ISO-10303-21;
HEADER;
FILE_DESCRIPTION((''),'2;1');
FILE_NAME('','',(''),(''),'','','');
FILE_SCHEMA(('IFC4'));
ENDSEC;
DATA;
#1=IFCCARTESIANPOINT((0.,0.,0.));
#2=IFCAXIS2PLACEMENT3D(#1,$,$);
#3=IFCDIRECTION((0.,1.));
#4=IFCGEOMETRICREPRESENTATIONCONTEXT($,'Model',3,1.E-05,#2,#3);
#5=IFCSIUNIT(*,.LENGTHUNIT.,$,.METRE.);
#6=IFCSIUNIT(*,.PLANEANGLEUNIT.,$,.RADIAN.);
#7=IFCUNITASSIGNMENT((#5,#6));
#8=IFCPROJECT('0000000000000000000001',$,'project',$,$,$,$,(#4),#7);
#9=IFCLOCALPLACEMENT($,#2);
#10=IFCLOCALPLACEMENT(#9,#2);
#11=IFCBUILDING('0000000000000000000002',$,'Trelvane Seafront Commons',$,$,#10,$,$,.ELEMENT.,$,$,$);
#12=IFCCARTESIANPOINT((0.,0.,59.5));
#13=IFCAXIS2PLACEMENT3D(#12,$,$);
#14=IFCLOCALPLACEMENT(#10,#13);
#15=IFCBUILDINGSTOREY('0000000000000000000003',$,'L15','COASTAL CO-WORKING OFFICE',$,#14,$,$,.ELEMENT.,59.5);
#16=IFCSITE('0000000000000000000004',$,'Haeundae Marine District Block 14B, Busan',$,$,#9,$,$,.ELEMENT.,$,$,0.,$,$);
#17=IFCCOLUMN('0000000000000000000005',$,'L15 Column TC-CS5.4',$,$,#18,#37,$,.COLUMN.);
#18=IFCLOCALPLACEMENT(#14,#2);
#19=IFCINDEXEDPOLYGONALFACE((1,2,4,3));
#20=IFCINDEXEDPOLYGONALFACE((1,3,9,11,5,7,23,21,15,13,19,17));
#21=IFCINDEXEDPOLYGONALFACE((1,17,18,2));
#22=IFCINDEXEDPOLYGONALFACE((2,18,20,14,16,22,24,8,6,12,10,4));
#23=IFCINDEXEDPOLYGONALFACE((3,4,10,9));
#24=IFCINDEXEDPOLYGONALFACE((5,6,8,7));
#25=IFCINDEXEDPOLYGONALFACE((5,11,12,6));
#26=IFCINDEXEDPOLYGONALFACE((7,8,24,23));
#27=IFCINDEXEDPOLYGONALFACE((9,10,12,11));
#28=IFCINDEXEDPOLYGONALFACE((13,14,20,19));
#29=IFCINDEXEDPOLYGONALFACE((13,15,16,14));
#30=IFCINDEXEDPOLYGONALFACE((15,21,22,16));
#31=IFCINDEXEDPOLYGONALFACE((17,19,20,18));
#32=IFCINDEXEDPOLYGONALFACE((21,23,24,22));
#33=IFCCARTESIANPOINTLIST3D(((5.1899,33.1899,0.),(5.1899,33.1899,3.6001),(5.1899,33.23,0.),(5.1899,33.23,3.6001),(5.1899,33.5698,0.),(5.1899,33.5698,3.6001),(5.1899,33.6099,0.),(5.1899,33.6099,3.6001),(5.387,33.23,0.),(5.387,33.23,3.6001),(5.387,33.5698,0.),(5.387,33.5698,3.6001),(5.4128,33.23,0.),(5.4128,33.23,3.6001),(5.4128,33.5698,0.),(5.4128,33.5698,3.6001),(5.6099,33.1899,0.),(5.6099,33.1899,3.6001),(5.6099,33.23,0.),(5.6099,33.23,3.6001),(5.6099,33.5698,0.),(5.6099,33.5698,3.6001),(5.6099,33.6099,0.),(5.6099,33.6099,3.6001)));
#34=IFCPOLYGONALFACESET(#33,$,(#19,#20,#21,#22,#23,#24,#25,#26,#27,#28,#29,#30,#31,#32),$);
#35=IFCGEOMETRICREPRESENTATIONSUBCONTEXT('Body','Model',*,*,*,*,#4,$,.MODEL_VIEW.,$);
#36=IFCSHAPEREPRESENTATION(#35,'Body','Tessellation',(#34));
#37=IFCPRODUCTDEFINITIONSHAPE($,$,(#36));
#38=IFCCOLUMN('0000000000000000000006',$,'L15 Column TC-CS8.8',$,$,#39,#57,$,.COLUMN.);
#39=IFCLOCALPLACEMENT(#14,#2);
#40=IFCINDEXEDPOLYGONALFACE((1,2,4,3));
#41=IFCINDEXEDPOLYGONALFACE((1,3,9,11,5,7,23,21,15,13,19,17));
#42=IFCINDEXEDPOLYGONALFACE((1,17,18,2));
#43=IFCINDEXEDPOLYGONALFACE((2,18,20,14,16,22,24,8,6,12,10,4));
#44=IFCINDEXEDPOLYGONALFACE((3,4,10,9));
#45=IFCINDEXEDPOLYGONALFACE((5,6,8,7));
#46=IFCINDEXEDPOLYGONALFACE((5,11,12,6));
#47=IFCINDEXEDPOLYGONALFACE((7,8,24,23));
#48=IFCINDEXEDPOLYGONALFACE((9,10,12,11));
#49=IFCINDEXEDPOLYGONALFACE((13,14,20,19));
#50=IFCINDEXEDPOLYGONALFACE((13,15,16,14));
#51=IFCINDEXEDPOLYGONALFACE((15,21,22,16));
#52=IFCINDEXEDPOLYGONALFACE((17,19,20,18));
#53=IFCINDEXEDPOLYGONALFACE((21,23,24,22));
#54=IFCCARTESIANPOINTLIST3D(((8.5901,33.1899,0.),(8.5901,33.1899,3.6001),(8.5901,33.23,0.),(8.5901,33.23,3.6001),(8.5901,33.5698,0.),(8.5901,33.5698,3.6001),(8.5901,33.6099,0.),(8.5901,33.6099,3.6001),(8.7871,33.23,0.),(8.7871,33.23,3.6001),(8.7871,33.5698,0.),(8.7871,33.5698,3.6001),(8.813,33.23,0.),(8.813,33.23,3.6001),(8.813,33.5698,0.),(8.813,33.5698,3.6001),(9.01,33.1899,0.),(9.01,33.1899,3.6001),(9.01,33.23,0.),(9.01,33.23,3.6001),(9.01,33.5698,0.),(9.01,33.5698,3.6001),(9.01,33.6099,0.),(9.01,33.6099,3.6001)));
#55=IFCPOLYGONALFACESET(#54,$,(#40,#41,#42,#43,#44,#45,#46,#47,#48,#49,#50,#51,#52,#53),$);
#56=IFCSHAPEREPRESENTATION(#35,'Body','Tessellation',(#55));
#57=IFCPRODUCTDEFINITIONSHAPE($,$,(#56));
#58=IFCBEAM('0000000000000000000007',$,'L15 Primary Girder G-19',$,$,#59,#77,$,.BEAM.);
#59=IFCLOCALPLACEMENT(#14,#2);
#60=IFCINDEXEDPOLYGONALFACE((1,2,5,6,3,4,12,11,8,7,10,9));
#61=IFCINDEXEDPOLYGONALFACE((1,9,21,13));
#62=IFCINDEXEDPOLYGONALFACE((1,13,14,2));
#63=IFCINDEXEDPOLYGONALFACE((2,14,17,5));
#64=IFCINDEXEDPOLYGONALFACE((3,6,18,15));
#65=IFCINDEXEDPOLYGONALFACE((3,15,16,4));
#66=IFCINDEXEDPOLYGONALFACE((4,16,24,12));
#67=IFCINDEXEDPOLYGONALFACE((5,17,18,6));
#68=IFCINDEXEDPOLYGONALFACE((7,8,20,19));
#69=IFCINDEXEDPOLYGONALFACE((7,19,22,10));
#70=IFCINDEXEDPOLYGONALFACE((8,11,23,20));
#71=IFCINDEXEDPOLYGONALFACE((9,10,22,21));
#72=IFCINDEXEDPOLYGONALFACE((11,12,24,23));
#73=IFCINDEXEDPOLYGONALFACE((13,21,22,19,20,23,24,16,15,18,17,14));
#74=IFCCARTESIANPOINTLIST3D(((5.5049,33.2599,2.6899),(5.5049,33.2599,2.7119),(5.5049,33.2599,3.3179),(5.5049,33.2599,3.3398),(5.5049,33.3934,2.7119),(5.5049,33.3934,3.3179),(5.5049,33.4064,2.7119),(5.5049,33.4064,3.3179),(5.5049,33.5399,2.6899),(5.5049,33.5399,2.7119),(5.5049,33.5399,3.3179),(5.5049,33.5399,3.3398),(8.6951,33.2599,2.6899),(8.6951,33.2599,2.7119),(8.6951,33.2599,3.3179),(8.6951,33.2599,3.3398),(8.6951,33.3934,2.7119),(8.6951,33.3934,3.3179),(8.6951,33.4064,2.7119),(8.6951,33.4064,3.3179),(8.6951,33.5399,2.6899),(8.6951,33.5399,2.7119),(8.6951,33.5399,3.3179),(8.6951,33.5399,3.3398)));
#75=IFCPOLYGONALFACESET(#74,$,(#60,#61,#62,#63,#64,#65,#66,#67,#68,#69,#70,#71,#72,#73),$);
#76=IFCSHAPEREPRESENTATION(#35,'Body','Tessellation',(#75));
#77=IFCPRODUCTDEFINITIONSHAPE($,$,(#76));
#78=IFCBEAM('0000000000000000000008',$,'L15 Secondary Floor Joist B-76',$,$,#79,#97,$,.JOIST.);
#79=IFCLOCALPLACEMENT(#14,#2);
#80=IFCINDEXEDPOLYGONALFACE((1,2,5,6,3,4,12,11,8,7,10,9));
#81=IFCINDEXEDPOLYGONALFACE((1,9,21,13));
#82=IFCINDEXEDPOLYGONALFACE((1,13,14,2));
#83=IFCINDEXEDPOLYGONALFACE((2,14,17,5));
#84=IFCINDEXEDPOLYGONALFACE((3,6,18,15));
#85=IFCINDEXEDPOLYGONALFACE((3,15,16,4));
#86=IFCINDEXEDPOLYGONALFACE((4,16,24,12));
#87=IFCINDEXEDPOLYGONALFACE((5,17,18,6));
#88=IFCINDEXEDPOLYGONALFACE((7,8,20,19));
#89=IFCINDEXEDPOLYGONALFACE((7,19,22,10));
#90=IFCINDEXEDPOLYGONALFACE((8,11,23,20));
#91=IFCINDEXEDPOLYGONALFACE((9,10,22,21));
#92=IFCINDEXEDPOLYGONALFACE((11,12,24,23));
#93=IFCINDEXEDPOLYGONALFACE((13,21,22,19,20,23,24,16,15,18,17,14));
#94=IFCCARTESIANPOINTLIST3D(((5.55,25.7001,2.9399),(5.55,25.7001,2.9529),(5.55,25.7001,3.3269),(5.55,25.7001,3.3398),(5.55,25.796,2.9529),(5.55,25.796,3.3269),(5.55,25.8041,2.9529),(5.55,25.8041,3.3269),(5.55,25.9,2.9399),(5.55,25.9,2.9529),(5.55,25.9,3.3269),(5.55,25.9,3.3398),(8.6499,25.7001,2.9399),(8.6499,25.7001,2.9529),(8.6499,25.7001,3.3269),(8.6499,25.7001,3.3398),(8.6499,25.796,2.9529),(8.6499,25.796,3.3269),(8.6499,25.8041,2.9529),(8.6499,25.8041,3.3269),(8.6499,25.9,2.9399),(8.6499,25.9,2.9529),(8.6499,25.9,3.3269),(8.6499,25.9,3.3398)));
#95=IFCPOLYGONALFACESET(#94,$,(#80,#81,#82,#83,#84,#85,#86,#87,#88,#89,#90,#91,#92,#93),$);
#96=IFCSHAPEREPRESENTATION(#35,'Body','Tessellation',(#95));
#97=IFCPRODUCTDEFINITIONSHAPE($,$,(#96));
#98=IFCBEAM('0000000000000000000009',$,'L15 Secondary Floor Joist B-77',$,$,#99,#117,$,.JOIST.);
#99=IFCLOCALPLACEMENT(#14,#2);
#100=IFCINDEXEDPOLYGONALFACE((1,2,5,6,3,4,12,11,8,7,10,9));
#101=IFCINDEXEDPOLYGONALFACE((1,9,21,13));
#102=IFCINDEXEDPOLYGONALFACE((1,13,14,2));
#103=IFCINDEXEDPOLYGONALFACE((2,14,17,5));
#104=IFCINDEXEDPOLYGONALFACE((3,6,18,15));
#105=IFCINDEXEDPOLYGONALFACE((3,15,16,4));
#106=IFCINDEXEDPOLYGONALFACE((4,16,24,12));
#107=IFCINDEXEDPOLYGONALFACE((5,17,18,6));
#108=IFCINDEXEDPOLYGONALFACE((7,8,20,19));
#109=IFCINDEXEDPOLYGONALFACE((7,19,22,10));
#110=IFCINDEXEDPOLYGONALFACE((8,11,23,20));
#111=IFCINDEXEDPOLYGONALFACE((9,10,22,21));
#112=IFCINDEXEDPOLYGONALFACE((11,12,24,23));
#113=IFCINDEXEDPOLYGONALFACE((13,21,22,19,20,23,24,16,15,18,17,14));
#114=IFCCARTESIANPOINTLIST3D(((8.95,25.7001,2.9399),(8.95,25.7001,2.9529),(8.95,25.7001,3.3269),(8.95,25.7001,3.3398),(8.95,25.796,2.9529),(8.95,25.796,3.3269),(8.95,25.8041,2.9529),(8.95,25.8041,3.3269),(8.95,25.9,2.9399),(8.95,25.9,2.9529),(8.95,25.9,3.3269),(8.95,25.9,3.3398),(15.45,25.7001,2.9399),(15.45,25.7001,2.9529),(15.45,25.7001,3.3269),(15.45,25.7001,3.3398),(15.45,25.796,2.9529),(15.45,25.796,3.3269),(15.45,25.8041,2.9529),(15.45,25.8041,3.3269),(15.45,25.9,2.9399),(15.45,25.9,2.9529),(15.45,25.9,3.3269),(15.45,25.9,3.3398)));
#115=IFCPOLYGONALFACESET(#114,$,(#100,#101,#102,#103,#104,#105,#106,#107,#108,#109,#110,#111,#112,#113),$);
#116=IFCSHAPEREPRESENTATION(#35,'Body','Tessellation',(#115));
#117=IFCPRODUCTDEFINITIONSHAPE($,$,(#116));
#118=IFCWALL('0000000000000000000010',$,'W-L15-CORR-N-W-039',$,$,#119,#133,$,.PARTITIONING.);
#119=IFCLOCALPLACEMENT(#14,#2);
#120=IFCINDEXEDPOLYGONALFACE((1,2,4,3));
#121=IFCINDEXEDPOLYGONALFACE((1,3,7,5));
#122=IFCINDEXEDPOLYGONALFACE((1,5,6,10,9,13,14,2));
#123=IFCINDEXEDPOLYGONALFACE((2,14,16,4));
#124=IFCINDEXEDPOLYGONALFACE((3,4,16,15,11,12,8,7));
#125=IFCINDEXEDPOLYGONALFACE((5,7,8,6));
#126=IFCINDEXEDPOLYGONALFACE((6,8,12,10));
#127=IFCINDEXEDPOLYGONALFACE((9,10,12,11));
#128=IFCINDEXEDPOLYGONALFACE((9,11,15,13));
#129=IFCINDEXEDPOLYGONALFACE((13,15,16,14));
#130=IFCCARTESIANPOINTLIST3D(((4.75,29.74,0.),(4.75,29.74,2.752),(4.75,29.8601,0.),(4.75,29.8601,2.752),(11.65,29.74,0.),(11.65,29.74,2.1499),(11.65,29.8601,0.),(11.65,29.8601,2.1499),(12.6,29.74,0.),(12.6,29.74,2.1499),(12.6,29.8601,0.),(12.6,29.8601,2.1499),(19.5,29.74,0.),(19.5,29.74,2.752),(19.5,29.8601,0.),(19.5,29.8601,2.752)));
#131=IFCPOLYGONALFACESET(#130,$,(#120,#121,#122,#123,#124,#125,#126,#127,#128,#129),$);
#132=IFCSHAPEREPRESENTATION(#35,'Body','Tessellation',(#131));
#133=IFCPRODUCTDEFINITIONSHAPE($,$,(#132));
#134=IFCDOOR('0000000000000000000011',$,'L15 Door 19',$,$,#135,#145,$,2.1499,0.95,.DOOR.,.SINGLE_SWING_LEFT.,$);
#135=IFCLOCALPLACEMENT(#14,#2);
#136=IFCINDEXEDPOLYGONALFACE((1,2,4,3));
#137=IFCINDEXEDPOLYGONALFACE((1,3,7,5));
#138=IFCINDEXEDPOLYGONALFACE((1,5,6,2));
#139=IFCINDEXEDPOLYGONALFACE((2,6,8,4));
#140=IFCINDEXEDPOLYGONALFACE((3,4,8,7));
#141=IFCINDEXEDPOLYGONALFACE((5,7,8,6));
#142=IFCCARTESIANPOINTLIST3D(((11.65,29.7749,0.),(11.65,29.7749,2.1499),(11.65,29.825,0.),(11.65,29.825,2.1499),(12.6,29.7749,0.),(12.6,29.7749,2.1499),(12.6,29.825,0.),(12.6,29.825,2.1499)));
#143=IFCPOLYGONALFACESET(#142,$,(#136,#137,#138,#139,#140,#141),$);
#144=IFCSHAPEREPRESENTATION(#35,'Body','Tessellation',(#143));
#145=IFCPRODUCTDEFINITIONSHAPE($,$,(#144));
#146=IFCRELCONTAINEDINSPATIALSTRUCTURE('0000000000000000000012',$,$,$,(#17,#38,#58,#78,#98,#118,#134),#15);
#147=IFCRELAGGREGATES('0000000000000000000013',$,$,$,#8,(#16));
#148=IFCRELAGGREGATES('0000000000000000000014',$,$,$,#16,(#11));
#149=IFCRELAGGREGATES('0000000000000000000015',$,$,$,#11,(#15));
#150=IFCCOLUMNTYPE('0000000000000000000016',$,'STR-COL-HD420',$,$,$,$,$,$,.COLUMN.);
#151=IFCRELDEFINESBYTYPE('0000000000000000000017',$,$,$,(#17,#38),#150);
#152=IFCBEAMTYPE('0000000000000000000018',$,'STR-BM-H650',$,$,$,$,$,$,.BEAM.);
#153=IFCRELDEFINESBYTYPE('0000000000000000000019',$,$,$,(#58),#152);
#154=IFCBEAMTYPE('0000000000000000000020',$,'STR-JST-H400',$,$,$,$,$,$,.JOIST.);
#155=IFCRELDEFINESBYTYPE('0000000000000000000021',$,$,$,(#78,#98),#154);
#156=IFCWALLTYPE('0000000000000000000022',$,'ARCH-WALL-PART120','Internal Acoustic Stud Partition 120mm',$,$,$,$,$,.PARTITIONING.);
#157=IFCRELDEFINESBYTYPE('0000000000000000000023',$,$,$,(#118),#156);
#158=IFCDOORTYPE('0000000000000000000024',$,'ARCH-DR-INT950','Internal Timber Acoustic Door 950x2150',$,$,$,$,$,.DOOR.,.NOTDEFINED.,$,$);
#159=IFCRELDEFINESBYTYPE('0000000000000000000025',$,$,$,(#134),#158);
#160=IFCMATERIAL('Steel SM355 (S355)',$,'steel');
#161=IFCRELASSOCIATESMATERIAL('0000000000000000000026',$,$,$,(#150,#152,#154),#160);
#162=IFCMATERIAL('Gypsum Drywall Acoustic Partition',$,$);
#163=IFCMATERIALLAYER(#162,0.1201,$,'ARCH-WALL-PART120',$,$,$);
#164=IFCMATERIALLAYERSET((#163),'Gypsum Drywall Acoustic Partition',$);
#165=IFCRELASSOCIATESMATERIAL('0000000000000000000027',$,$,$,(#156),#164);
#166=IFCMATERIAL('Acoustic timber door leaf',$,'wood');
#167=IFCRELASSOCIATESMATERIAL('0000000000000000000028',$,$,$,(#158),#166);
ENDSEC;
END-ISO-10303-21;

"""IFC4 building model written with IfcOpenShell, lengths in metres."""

from ifc_helpers import new_model, si_unit, direction, frame, frame_2d, origin, origin_2d, place, context, subcontext, project, spatial, rectangle, i_section, extrude, source, transform, mapped, material, layer, layer_set, material_profile, profile_set, type_object, element, fill, save


model = new_model("IFC4")

# Units and contexts
model_context = context("Model", 3, precision=1e-05, world=origin(), true_north=direction((0.0, 1.0)))
body_context = subcontext(model_context, "Body", "Model", "MODEL_VIEW")
ifc_project = project(units=[si_unit("LENGTHUNIT", "METRE"), si_unit("PLANEANGLEUNIT", "RADIAN")], contexts=[model_context])

# Site, building, storey
site_placement = place(None, origin())
site = spatial("IfcSite", under=ifc_project, at=site_placement, Name="Haeundae Marine District Block 14B, Busan", CompositionType="ELEMENT", RefElevation=0.0)
building_placement = place(site_placement, origin())
building = spatial("IfcBuilding", under=site, at=building_placement, Name="Trelvane Seafront Commons", CompositionType="ELEMENT")
storey_placement = place(building_placement, frame((0.0, 0.0, 59.5)))
storey = spatial("IfcBuildingStorey", under=building, at=storey_placement, Name="L15", Description="COASTAL CO-WORKING OFFICE", CompositionType="ELEMENT", Elevation=59.5)

# Columns
ifc_material_1 = material(Name="Steel SM355 (S355)", Category="steel")
ifc_material_profile_1 = material_profile(ifc_material_1, i_section(OverallWidth=0.4199, OverallDepth=0.4199, WebThickness=0.0259, FlangeThickness=0.04, at=origin_2d()), Name="HD-420x420x26x40")
ifc_profile_set_1 = profile_set([ifc_material_profile_1], Name="Steel SM355 (S355)")
column_type = type_object("IfcColumnType", Name="STR-COL-HD420", PredefinedType="COLUMN", material=ifc_profile_set_1)
shared_shape_1 = source(origin(), body_context, "Body", "SweptSolid", [
    extrude(i_section(OverallWidth=0.4199, OverallDepth=0.4199, WebThickness=0.0259, FlangeThickness=0.04, at=origin_2d()), origin(), (0.0, 0.0, 1.0), 3.6001),
])
for number, where, z_axis, x_axis, name in (
    (1, (5.3999, 33.3999, 0.0), (0.0, 0.0, 1.0), (1.0, 0.0, 0.0), "L15 Column TC-CS5.4"),
    (2, (8.8, 33.3999, 0.0), (0.0, 0.0, 1.0), (1.0, 0.0, 0.0), "L15 Column TC-CS8.8"),
):
    element("IfcColumn", number, at=place(storey_placement, frame(where, z_axis=z_axis, x_axis=x_axis)), inside=storey, type_object=column_type, Name=name, PredefinedType="COLUMN", context=body_context, shape_type="MappedRepresentation", body=[
        mapped(shared_shape_1, transform((0.0, 0.0, 0.0), x_axis=(1.0, 0.0, 0.0), y_axis=(0.0, 1.0, 0.0), z_axis=(0.0, 0.0, 1.0), scale=1.0)),
    ])

# Beams
ifc_material_profile_2 = material_profile(ifc_material_1, i_section(OverallWidth=0.28, OverallDepth=0.6499, WebThickness=0.0129, FlangeThickness=0.022, at=origin_2d()), Name="H-650x280x13x22")
ifc_profile_set_2 = profile_set([ifc_material_profile_2], Name="Steel SM355 (S355)")
beam_type_1 = type_object("IfcBeamType", Name="STR-BM-H650", PredefinedType="BEAM", material=ifc_profile_set_2)
shared_shape_2 = source(origin(), body_context, "Body", "SweptSolid", [
    extrude(i_section(OverallWidth=0.28, OverallDepth=0.6499, WebThickness=0.0129, FlangeThickness=0.022, at=origin_2d()), origin(), (0.0, 0.0, 1.0), 3.1902),
])
beam_1_placement = place(storey_placement, frame((5.5049, 33.3999, 3.0149), z_axis=(1.0, 0.0, 0.0), x_axis=(0.0, 1.0, 0.0)))
element("IfcBeam", 3, at=beam_1_placement, inside=storey, type_object=beam_type_1, Name="L15 Primary Girder G-19", PredefinedType="BEAM", context=body_context, shape_type="MappedRepresentation", body=[
    mapped(shared_shape_2, transform((0.0, 0.0, 0.0), x_axis=(1.0, 0.0, 0.0), y_axis=(0.0, 1.0, 0.0), z_axis=(0.0, 0.0, 1.0), scale=1.0)),
])
ifc_material_profile_3 = material_profile(ifc_material_1, i_section(OverallWidth=0.2, OverallDepth=0.3999, WebThickness=0.0081, FlangeThickness=0.0129, at=origin_2d()), Name="H-400x200x8x13")
ifc_profile_set_3 = profile_set([ifc_material_profile_3], Name="Steel SM355 (S355)")
beam_type_2 = type_object("IfcBeamType", Name="STR-JST-H400", PredefinedType="JOIST", material=ifc_profile_set_3)
shared_shape_3 = source(origin(), body_context, "Body", "SweptSolid", [
    extrude(i_section(OverallWidth=0.2, OverallDepth=0.3999, WebThickness=0.0081, FlangeThickness=0.0129, at=origin_2d()), origin(), (0.0, 0.0, 1.0), 3.0999),
])
beam_2_placement = place(storey_placement, frame((5.55, 25.8, 3.1399), z_axis=(1.0, 0.0, 0.0), x_axis=(0.0, 1.0, 0.0)))
element("IfcBeam", 4, at=beam_2_placement, inside=storey, type_object=beam_type_2, Name="L15 Secondary Floor Joist B-76", PredefinedType="JOIST", context=body_context, shape_type="MappedRepresentation", body=[
    mapped(shared_shape_3, transform((0.0, 0.0, 0.0), x_axis=(1.0, 0.0, 0.0), y_axis=(0.0, 1.0, 0.0), z_axis=(0.0, 0.0, 1.0), scale=1.0)),
])
shared_shape_4 = source(origin(), body_context, "Body", "SweptSolid", [
    extrude(i_section(OverallWidth=0.2, OverallDepth=0.3999, WebThickness=0.0081, FlangeThickness=0.0129, at=origin_2d()), origin(), (0.0, 0.0, 1.0), 6.5),
])
beam_3_placement = place(storey_placement, frame((8.95, 25.8, 3.1399), z_axis=(1.0, 0.0, 0.0), x_axis=(0.0, 1.0, 0.0)))
element("IfcBeam", 5, at=beam_3_placement, inside=storey, type_object=beam_type_2, Name="L15 Secondary Floor Joist B-77", PredefinedType="JOIST", context=body_context, shape_type="MappedRepresentation", body=[
    mapped(shared_shape_4, transform((0.0, 0.0, 0.0), x_axis=(1.0, 0.0, 0.0), y_axis=(0.0, 1.0, 0.0), z_axis=(0.0, 0.0, 1.0), scale=1.0)),
])

# Wall, opening, door
ifc_material_2 = material(Name="Gypsum Drywall Acoustic Partition")
ifc_layer_1 = layer(ifc_material_2, 0.1201, Name="ARCH-WALL-PART120")
ifc_layer_set_1 = layer_set([ifc_layer_1], Name="Gypsum Drywall Acoustic Partition")
wall_type_1 = type_object("IfcWallType", Name="ARCH-WALL-PART120", Description="Internal Acoustic Stud Partition 120mm", PredefinedType="PARTITIONING", material=ifc_layer_set_1)
wall_1_placement = place(storey_placement, frame((4.75, 29.8, 0.0), z_axis=(0.0, 0.0, 1.0), x_axis=(1.0, 0.0, 0.0)))
wall_1 = element("IfcWall", 6, at=wall_1_placement, inside=storey, type_object=wall_type_1, Name="W-L15-CORR-N-W-039", PredefinedType="PARTITIONING", context=body_context, shape_type="SweptSolid", body=[
    extrude(rectangle(XDim=14.75, YDim=0.1201, at=frame_2d((7.375, 0.0))), origin(), (0.0, 0.0, 1.0), 2.752),
])
opening_1_placement = place(wall_1_placement, frame((6.8999, 0.0, 0.0)))
opening_1 = element("IfcOpeningElement", 7, at=opening_1_placement, cuts=wall_1, PredefinedType="OPENING", context=body_context, shape_type="SweptSolid", body=[
    extrude(rectangle(XDim=0.95, YDim=2.1499, at=frame_2d((0.4751, 1.075))), frame((0.0, 0.0701, 0.0), z_axis=(0.0, -1.0, 0.0), x_axis=(1.0, 0.0, 0.0)), (0.0, 0.0, 1.0), 0.1401),
])
ifc_material_3 = material(Name="Acoustic timber door leaf", Category="wood")
door_type_1 = type_object("IfcDoorType", Name="ARCH-DR-INT950", Description="Internal Timber Acoustic Door 950x2150", OperationType="NOTDEFINED", PredefinedType="DOOR", material=ifc_material_3)
shared_shape_5 = source(origin(), body_context, "Body", "SweptSolid", [
    extrude(rectangle(XDim=0.95, YDim=2.1499, at=frame_2d((0.4751, 1.075))), frame((0.0, 0.0249, 0.0), z_axis=(0.0, -1.0, 0.0), x_axis=(1.0, 0.0, 0.0)), (0.0, 0.0, 1.0), 0.05),
])
door_1_placement = place(opening_1_placement, origin())
door_1 = element("IfcDoor", 8, at=door_1_placement, inside=storey, type_object=door_type_1, Name="L15 Door 19", OperationType="SINGLE_SWING_LEFT", OverallHeight=2.1499, OverallWidth=0.95, PredefinedType="DOOR", context=body_context, shape_type="MappedRepresentation", body=[
    mapped(shared_shape_5, transform((0.0, 0.0, 0.0), x_axis=(1.0, 0.0, 0.0), y_axis=(0.0, 1.0, 0.0), z_axis=(0.0, 0.0, 1.0), scale=1.0)),
])
fill(opening_1, door_1)

save(model, "model.ifc")
